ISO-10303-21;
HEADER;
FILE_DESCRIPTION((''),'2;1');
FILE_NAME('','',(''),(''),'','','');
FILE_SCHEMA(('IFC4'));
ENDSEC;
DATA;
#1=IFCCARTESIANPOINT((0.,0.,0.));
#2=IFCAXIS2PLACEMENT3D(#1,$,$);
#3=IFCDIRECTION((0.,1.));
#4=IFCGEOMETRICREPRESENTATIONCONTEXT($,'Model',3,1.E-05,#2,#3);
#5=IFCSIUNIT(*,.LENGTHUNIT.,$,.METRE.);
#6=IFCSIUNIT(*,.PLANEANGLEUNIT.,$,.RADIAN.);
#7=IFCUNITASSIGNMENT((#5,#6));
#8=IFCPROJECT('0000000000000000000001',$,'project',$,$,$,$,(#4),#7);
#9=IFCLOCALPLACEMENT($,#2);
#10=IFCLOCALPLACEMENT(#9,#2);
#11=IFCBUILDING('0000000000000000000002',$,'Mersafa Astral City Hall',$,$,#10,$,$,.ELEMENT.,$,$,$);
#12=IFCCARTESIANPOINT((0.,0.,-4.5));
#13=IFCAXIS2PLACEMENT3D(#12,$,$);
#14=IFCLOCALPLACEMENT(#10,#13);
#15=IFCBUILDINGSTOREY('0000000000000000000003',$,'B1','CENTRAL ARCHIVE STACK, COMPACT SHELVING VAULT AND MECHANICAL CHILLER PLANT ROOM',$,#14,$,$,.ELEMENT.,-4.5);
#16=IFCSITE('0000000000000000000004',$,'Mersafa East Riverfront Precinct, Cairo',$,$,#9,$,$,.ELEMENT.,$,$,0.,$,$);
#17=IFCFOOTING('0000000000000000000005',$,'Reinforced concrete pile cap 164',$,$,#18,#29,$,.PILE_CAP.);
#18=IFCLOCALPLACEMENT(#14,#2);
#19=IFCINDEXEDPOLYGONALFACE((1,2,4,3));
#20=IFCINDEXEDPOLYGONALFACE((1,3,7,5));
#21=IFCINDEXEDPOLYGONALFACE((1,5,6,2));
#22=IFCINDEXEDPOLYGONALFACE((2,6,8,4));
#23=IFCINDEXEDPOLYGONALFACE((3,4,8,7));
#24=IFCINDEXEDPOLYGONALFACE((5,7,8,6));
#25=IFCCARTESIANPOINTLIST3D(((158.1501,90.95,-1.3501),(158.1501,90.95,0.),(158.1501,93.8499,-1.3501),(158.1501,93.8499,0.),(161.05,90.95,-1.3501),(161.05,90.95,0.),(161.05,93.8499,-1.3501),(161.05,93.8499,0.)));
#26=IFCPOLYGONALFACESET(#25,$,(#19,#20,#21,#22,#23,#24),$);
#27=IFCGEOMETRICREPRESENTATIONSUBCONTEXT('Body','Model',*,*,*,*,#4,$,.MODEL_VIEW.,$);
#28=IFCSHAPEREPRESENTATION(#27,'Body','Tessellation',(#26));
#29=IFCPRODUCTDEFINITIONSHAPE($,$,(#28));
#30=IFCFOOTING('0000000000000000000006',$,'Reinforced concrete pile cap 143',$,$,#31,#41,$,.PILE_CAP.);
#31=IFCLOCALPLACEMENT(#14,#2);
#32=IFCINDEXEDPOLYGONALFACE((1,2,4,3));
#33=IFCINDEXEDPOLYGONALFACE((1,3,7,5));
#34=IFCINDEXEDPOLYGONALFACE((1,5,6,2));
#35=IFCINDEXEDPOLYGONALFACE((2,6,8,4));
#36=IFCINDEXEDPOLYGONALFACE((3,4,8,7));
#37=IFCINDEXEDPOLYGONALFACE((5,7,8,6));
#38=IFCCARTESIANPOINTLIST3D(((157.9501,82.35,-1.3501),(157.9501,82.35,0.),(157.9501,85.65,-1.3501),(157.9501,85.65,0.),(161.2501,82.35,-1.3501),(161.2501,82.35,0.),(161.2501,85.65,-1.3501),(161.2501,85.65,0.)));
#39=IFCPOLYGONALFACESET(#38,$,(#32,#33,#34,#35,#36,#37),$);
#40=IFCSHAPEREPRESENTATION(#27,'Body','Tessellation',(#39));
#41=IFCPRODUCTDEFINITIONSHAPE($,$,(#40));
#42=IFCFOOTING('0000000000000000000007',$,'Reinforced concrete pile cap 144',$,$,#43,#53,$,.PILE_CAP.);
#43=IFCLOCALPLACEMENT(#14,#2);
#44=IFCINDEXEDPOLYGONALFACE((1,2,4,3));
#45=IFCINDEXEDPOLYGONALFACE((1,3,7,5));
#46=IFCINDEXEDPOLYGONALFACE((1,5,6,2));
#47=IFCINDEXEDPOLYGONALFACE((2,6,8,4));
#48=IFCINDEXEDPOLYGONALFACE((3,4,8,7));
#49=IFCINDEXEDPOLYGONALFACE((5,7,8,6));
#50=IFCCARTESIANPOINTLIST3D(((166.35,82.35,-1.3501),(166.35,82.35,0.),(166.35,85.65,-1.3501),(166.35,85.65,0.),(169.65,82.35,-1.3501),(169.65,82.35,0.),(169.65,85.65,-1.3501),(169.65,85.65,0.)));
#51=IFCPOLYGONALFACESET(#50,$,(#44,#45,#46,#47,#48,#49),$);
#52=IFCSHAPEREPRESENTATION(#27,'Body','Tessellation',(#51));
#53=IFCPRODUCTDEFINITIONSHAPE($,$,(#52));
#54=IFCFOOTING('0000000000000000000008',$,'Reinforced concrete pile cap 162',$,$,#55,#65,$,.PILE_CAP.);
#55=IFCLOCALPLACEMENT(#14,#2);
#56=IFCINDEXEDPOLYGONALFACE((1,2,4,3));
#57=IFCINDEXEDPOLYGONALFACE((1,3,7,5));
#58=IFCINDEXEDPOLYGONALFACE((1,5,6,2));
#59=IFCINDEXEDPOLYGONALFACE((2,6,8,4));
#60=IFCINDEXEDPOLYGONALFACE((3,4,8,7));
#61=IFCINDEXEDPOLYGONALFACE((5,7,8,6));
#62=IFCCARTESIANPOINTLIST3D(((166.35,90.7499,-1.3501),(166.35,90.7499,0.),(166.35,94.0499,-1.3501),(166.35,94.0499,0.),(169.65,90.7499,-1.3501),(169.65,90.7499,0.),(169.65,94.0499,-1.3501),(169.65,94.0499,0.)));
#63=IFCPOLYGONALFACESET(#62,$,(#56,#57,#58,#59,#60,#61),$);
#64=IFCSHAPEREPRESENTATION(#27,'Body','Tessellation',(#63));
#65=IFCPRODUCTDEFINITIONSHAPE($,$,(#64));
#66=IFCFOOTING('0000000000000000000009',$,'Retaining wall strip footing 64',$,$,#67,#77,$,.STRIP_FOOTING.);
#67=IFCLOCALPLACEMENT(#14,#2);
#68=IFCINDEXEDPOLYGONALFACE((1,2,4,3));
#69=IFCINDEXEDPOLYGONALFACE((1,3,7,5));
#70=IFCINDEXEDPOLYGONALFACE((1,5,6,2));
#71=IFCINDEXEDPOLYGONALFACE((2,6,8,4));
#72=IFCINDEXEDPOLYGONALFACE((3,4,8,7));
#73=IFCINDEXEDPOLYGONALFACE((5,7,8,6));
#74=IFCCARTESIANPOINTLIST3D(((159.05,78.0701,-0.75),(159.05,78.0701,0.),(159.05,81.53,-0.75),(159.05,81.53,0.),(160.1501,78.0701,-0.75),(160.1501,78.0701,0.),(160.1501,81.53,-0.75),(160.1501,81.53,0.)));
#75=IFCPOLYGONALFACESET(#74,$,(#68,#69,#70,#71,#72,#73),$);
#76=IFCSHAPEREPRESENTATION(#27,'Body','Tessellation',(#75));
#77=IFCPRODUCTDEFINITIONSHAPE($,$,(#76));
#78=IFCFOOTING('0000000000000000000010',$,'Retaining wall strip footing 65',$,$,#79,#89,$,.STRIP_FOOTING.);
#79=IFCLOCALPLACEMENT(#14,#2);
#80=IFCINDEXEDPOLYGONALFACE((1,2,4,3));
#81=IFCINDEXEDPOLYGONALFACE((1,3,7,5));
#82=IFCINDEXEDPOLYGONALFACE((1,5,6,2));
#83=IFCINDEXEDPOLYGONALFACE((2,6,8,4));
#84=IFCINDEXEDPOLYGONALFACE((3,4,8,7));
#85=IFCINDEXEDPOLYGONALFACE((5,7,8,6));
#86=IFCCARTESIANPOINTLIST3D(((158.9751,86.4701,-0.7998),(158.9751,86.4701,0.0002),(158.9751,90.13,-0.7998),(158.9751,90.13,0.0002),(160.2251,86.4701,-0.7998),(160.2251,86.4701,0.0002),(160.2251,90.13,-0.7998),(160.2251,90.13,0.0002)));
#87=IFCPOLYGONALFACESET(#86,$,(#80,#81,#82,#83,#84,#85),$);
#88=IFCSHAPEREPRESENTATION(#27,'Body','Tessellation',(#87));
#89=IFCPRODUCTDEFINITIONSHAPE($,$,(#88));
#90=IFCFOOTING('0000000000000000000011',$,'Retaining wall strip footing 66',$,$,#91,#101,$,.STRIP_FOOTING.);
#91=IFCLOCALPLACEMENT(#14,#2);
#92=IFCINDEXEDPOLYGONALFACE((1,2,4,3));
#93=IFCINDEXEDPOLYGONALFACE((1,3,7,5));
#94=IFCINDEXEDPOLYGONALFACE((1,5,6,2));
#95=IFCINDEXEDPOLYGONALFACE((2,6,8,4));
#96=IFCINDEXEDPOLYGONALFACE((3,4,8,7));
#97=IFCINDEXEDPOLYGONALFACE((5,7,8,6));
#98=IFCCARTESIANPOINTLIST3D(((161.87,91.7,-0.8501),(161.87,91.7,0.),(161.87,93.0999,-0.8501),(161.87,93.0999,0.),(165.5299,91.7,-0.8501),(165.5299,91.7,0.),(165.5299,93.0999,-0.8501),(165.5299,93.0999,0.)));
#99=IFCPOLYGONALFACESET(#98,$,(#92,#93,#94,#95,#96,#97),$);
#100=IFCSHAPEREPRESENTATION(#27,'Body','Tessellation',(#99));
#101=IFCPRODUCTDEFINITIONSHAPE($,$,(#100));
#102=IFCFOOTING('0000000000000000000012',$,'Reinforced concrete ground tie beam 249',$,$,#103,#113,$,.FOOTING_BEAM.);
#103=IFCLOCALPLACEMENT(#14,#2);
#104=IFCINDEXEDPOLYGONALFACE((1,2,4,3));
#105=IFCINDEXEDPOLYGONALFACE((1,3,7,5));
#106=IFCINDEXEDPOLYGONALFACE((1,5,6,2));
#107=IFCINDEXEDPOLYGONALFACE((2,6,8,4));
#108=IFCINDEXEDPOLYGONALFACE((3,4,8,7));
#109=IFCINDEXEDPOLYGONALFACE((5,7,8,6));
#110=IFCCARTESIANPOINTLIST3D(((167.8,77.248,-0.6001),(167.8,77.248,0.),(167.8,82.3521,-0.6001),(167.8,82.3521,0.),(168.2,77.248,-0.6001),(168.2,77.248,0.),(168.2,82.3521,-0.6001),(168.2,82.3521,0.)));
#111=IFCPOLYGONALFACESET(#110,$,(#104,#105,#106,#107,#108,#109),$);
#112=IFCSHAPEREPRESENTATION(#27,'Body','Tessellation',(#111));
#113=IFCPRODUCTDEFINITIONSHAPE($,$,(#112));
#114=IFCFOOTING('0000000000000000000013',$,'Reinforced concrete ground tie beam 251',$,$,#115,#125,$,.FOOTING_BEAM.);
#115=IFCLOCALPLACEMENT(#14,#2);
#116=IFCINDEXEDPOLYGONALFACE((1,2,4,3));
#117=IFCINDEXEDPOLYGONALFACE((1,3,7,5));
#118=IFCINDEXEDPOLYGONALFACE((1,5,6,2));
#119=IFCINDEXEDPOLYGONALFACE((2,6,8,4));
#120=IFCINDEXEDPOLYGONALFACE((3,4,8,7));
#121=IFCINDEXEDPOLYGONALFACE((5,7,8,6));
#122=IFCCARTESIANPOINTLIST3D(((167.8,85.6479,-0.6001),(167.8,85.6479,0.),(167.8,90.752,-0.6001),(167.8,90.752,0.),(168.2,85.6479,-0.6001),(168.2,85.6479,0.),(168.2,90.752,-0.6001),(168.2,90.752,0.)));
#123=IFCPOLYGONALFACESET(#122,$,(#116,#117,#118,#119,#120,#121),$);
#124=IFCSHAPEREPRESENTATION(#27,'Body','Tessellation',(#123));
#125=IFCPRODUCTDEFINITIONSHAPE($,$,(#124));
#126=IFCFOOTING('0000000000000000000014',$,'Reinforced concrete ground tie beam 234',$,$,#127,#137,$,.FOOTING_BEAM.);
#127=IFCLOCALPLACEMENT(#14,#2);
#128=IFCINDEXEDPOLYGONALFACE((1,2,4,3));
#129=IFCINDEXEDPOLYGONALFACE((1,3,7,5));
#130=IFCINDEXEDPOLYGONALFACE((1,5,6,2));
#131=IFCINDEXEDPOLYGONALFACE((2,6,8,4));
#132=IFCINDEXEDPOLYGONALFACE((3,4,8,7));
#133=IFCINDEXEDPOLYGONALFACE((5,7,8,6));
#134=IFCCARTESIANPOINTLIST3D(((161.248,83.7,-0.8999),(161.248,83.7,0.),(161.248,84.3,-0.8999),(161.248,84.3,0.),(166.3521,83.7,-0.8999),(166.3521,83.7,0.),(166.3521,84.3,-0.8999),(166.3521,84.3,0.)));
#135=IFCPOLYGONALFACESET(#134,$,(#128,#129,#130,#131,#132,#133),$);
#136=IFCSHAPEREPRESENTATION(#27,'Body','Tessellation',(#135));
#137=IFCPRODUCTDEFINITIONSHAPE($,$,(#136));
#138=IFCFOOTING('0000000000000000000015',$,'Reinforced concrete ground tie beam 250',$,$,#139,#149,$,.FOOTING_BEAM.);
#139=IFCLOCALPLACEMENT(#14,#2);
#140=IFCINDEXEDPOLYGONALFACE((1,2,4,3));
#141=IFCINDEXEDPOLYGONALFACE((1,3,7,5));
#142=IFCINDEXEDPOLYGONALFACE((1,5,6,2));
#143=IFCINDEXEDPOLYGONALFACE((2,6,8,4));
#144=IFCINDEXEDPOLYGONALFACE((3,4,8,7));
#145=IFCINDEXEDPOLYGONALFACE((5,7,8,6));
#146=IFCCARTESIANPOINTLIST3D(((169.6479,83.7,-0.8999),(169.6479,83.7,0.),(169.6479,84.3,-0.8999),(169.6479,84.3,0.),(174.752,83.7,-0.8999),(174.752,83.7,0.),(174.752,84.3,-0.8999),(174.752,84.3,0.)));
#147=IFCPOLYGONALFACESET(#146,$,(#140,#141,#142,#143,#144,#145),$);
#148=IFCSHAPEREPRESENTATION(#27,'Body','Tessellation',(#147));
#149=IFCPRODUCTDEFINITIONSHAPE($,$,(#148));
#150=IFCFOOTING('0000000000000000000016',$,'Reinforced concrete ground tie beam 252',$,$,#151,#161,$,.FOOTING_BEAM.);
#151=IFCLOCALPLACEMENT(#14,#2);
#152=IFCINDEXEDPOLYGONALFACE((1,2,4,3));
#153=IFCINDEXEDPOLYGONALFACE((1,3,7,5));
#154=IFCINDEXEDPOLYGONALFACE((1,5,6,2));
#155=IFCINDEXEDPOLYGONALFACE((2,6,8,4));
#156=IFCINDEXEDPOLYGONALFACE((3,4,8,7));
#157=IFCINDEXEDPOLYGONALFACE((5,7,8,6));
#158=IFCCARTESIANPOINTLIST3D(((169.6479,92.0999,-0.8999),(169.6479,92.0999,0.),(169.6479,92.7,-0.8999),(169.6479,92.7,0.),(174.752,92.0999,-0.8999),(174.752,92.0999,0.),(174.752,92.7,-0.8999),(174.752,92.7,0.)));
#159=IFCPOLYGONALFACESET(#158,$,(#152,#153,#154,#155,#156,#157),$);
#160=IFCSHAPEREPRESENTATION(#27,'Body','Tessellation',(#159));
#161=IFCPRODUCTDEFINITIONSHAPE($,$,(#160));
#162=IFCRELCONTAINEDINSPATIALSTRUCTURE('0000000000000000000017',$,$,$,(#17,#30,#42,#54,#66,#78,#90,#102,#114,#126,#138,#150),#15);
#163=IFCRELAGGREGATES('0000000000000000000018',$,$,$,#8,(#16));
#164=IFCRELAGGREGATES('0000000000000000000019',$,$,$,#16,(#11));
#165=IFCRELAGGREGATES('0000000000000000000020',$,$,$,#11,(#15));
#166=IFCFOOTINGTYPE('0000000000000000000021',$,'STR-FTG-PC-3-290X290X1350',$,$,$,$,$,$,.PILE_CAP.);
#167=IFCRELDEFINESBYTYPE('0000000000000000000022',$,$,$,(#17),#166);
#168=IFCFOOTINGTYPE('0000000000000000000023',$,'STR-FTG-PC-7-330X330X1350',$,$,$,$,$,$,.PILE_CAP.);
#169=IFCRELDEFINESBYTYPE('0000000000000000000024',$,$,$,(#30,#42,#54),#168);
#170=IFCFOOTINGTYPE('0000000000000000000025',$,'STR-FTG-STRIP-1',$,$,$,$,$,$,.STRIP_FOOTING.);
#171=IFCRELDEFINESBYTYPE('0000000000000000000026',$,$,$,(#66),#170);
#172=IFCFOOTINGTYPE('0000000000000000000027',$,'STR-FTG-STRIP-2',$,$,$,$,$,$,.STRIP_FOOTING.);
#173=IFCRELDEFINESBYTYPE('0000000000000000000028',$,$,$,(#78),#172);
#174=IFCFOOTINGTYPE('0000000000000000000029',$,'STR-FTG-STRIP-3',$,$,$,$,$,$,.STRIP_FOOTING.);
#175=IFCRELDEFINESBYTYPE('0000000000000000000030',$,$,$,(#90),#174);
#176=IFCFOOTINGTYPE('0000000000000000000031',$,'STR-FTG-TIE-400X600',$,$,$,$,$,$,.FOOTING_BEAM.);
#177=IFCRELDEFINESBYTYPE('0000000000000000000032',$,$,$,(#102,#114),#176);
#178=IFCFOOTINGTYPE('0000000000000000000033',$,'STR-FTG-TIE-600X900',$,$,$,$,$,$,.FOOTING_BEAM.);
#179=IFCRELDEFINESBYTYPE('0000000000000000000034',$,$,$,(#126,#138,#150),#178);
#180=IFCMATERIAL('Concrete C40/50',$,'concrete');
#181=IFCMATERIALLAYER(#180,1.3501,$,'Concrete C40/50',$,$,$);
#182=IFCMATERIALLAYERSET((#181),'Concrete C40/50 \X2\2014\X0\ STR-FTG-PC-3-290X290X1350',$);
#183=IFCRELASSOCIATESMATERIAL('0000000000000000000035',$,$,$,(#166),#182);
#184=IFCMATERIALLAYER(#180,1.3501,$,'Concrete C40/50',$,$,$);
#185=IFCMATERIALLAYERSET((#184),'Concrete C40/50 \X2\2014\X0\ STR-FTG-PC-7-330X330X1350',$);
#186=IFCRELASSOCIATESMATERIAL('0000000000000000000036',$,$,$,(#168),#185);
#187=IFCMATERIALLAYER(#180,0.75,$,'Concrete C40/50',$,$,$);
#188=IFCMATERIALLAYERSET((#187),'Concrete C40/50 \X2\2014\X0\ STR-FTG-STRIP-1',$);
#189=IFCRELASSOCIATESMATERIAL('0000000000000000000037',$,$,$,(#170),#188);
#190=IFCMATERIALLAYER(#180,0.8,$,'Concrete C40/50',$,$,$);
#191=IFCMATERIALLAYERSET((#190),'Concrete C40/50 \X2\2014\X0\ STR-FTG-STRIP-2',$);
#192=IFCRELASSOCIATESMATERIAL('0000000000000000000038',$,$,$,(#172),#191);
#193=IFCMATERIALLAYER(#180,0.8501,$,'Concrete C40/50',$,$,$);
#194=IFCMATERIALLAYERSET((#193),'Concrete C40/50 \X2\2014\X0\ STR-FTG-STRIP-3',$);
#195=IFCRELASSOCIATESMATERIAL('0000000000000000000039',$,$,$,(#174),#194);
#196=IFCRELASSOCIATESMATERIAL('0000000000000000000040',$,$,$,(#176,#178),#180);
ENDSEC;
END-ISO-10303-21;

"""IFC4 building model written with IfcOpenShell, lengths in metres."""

from ifc_helpers import new_model, si_unit, direction, frame, origin, origin_2d, place, context, subcontext, project, spatial, rectangle, extrude, material, layer, layer_set, material_profile, profile_set, type_object, element, save


model = new_model("IFC4")

# Units and contexts
model_context = context("Model", 3, precision=1e-05, world=origin(), true_north=direction((0.0, 1.0)))
body_context = subcontext(model_context, "Body", "Model", "MODEL_VIEW")
ifc_project = project(units=[si_unit("LENGTHUNIT", "METRE"), si_unit("PLANEANGLEUNIT", "RADIAN")], contexts=[model_context])

# Site, building, storey
site_placement = place(None, origin())
site = spatial("IfcSite", under=ifc_project, at=site_placement, Name="Mersafa East Riverfront Precinct, Cairo", CompositionType="ELEMENT", RefElevation=0.0)
building_placement = place(site_placement, origin())
building = spatial("IfcBuilding", under=site, at=building_placement, Name="Mersafa Astral City Hall", CompositionType="ELEMENT")
storey_placement = place(building_placement, frame((0.0, 0.0, -4.5)))
storey = spatial("IfcBuildingStorey", under=building, at=storey_placement, Name="B1", Description="CENTRAL ARCHIVE STACK, COMPACT SHELVING VAULT AND MECHANICAL CHILLER PLANT ROOM", CompositionType="ELEMENT", Elevation=-4.5)

# Footings
ifc_material_1 = material(Name="Concrete C40/50", Category="concrete")
ifc_layer_1 = layer(ifc_material_1, 1.3501, Name="Concrete C40/50")
ifc_layer_set_1 = layer_set([ifc_layer_1], Name="Concrete C40/50 — STR-FTG-PC-3-290X290X1350")
footing_type_1 = type_object("IfcFootingType", Name="STR-FTG-PC-3-290X290X1350", PredefinedType="PILE_CAP", material=ifc_layer_set_1)
footing_1_placement = place(storey_placement, frame((159.6001, 92.3999, -1.3501), z_axis=(0.0, 0.0, 1.0), x_axis=(1.0, 0.0, 0.0)))
element("IfcFooting", 1, at=footing_1_placement, inside=storey, type_object=footing_type_1, Name="Reinforced concrete pile cap 164", PredefinedType="PILE_CAP", context=body_context, shape_type="SweptSolid", body=[
    extrude(rectangle(XDim=2.8999, YDim=2.8999, at=origin_2d()), origin(), (0.0, 0.0, 1.0), 1.3501),
])
ifc_layer_2 = layer(ifc_material_1, 1.3501, Name="Concrete C40/50")
ifc_layer_set_2 = layer_set([ifc_layer_2], Name="Concrete C40/50 — STR-FTG-PC-7-330X330X1350")
footing_type_2 = type_object("IfcFootingType", Name="STR-FTG-PC-7-330X330X1350", PredefinedType="PILE_CAP", material=ifc_layer_set_2)
for number, where, z_axis, x_axis, name in (
    (2, (159.6001, 84.0, -1.3501), (0.0, 0.0, 1.0), (1.0, 0.0, 0.0), "Reinforced concrete pile cap 143"),
    (3, (168.0, 84.0, -1.3501), (0.0, 0.0, 1.0), (1.0, 0.0, 0.0), "Reinforced concrete pile cap 144"),
    (4, (168.0, 92.3999, -1.3501), (0.0, 0.0, 1.0), (1.0, 0.0, 0.0), "Reinforced concrete pile cap 162"),
):
    element("IfcFooting", number, at=place(storey_placement, frame(where, z_axis=z_axis, x_axis=x_axis)), inside=storey, type_object=footing_type_2, Name=name, PredefinedType="PILE_CAP", context=body_context, shape_type="SweptSolid", body=[
        extrude(rectangle(XDim=3.3, YDim=3.3, at=origin_2d()), origin(), (0.0, 0.0, 1.0), 1.3501),
    ])
ifc_layer_3 = layer(ifc_material_1, 0.75, Name="Concrete C40/50")
ifc_layer_set_3 = layer_set([ifc_layer_3], Name="Concrete C40/50 — STR-FTG-STRIP-1")
footing_type_3 = type_object("IfcFootingType", Name="STR-FTG-STRIP-1", PredefinedType="STRIP_FOOTING", material=ifc_layer_set_3)
footing_2_placement = place(storey_placement, frame((159.6001, 79.8, -0.75), z_axis=(0.0, 0.0, 1.0), x_axis=(0.0, 1.0, 0.0)))
element("IfcFooting", 5, at=footing_2_placement, inside=storey, type_object=footing_type_3, Name="Retaining wall strip footing 64", PredefinedType="STRIP_FOOTING", context=body_context, shape_type="SweptSolid", body=[
    extrude(rectangle(XDim=3.46, YDim=1.1001, at=origin_2d()), origin(), (0.0, 0.0, 1.0), 0.75),
])
ifc_layer_4 = layer(ifc_material_1, 0.8, Name="Concrete C40/50")
ifc_layer_set_4 = layer_set([ifc_layer_4], Name="Concrete C40/50 — STR-FTG-STRIP-2")
footing_type_4 = type_object("IfcFootingType", Name="STR-FTG-STRIP-2", PredefinedType="STRIP_FOOTING", material=ifc_layer_set_4)
footing_3_placement = place(storey_placement, frame((159.6001, 88.3, -0.7998), z_axis=(0.0, 0.0, 1.0), x_axis=(0.0, 1.0, 0.0)))
element("IfcFooting", 6, at=footing_3_placement, inside=storey, type_object=footing_type_4, Name="Retaining wall strip footing 65", PredefinedType="STRIP_FOOTING", context=body_context, shape_type="SweptSolid", body=[
    extrude(rectangle(XDim=3.6599, YDim=1.25, at=origin_2d()), origin(), (0.0, 0.0, 1.0), 0.8),
])
ifc_layer_5 = layer(ifc_material_1, 0.8501, Name="Concrete C40/50")
ifc_layer_set_5 = layer_set([ifc_layer_5], Name="Concrete C40/50 — STR-FTG-STRIP-3")
footing_type_5 = type_object("IfcFootingType", Name="STR-FTG-STRIP-3", PredefinedType="STRIP_FOOTING", material=ifc_layer_set_5)
footing_4_placement = place(storey_placement, frame((163.7, 92.3999, -0.8501), z_axis=(0.0, 0.0, 1.0), x_axis=(1.0, 0.0, 0.0)))
element("IfcFooting", 7, at=footing_4_placement, inside=storey, type_object=footing_type_5, Name="Retaining wall strip footing 66", PredefinedType="STRIP_FOOTING", context=body_context, shape_type="SweptSolid", body=[
    extrude(rectangle(XDim=3.6599, YDim=1.3999, at=origin_2d()), origin(), (0.0, 0.0, 1.0), 0.8501),
])
ifc_material_profile_1 = material_profile(ifc_material_1, rectangle(XDim=0.3999, YDim=0.6001, at=origin_2d()), Name="RC 400x600")
ifc_profile_set_1 = profile_set([ifc_material_profile_1], Name="Concrete C40/50")
footing_type_6 = type_object("IfcFootingType", Name="STR-FTG-TIE-400X600", PredefinedType="FOOTING_BEAM", material=ifc_profile_set_1)
for number, where, z_axis, x_axis, name in (
    (8, (168.0, 77.248, -0.3), (0.0, 1.0, 0.0), (-1.0, 0.0, 0.0), "Reinforced concrete ground tie beam 249"),
    (9, (168.0, 85.6479, -0.3), (0.0, 1.0, 0.0), (-1.0, 0.0, 0.0), "Reinforced concrete ground tie beam 251"),
):
    element("IfcFooting", number, at=place(storey_placement, frame(where, z_axis=z_axis, x_axis=x_axis)), inside=storey, type_object=footing_type_6, Name=name, PredefinedType="FOOTING_BEAM", context=body_context, shape_type="SweptSolid", body=[
        extrude(rectangle(XDim=0.3999, YDim=0.6001, at=origin_2d()), origin(), (0.0, 0.0, 1.0), 5.104),
    ])
ifc_material_profile_2 = material_profile(ifc_material_1, rectangle(XDim=0.6001, YDim=0.8999, at=origin_2d()), Name="RC 600x900")
ifc_profile_set_2 = profile_set([ifc_material_profile_2], Name="Concrete C40/50")
footing_type_7 = type_object("IfcFootingType", Name="STR-FTG-TIE-600X900", PredefinedType="FOOTING_BEAM", material=ifc_profile_set_2)
for number, where, z_axis, x_axis, name in (
    (10, (161.248, 84.0, -0.45), (1.0, 0.0, 0.0), (0.0, 1.0, 0.0), "Reinforced concrete ground tie beam 234"),
    (11, (169.6479, 84.0, -0.45), (1.0, 0.0, 0.0), (0.0, 1.0, 0.0), "Reinforced concrete ground tie beam 250"),
    (12, (169.6479, 92.3999, -0.45), (1.0, 0.0, 0.0), (0.0, 1.0, 0.0), "Reinforced concrete ground tie beam 252"),
):
    element("IfcFooting", number, at=place(storey_placement, frame(where, z_axis=z_axis, x_axis=x_axis)), inside=storey, type_object=footing_type_7, Name=name, PredefinedType="FOOTING_BEAM", context=body_context, shape_type="SweptSolid", body=[
        extrude(rectangle(XDim=0.6001, YDim=0.8999, at=origin_2d()), origin(), (0.0, 0.0, 1.0), 5.104),
    ])

save(model, "model.ifc")
